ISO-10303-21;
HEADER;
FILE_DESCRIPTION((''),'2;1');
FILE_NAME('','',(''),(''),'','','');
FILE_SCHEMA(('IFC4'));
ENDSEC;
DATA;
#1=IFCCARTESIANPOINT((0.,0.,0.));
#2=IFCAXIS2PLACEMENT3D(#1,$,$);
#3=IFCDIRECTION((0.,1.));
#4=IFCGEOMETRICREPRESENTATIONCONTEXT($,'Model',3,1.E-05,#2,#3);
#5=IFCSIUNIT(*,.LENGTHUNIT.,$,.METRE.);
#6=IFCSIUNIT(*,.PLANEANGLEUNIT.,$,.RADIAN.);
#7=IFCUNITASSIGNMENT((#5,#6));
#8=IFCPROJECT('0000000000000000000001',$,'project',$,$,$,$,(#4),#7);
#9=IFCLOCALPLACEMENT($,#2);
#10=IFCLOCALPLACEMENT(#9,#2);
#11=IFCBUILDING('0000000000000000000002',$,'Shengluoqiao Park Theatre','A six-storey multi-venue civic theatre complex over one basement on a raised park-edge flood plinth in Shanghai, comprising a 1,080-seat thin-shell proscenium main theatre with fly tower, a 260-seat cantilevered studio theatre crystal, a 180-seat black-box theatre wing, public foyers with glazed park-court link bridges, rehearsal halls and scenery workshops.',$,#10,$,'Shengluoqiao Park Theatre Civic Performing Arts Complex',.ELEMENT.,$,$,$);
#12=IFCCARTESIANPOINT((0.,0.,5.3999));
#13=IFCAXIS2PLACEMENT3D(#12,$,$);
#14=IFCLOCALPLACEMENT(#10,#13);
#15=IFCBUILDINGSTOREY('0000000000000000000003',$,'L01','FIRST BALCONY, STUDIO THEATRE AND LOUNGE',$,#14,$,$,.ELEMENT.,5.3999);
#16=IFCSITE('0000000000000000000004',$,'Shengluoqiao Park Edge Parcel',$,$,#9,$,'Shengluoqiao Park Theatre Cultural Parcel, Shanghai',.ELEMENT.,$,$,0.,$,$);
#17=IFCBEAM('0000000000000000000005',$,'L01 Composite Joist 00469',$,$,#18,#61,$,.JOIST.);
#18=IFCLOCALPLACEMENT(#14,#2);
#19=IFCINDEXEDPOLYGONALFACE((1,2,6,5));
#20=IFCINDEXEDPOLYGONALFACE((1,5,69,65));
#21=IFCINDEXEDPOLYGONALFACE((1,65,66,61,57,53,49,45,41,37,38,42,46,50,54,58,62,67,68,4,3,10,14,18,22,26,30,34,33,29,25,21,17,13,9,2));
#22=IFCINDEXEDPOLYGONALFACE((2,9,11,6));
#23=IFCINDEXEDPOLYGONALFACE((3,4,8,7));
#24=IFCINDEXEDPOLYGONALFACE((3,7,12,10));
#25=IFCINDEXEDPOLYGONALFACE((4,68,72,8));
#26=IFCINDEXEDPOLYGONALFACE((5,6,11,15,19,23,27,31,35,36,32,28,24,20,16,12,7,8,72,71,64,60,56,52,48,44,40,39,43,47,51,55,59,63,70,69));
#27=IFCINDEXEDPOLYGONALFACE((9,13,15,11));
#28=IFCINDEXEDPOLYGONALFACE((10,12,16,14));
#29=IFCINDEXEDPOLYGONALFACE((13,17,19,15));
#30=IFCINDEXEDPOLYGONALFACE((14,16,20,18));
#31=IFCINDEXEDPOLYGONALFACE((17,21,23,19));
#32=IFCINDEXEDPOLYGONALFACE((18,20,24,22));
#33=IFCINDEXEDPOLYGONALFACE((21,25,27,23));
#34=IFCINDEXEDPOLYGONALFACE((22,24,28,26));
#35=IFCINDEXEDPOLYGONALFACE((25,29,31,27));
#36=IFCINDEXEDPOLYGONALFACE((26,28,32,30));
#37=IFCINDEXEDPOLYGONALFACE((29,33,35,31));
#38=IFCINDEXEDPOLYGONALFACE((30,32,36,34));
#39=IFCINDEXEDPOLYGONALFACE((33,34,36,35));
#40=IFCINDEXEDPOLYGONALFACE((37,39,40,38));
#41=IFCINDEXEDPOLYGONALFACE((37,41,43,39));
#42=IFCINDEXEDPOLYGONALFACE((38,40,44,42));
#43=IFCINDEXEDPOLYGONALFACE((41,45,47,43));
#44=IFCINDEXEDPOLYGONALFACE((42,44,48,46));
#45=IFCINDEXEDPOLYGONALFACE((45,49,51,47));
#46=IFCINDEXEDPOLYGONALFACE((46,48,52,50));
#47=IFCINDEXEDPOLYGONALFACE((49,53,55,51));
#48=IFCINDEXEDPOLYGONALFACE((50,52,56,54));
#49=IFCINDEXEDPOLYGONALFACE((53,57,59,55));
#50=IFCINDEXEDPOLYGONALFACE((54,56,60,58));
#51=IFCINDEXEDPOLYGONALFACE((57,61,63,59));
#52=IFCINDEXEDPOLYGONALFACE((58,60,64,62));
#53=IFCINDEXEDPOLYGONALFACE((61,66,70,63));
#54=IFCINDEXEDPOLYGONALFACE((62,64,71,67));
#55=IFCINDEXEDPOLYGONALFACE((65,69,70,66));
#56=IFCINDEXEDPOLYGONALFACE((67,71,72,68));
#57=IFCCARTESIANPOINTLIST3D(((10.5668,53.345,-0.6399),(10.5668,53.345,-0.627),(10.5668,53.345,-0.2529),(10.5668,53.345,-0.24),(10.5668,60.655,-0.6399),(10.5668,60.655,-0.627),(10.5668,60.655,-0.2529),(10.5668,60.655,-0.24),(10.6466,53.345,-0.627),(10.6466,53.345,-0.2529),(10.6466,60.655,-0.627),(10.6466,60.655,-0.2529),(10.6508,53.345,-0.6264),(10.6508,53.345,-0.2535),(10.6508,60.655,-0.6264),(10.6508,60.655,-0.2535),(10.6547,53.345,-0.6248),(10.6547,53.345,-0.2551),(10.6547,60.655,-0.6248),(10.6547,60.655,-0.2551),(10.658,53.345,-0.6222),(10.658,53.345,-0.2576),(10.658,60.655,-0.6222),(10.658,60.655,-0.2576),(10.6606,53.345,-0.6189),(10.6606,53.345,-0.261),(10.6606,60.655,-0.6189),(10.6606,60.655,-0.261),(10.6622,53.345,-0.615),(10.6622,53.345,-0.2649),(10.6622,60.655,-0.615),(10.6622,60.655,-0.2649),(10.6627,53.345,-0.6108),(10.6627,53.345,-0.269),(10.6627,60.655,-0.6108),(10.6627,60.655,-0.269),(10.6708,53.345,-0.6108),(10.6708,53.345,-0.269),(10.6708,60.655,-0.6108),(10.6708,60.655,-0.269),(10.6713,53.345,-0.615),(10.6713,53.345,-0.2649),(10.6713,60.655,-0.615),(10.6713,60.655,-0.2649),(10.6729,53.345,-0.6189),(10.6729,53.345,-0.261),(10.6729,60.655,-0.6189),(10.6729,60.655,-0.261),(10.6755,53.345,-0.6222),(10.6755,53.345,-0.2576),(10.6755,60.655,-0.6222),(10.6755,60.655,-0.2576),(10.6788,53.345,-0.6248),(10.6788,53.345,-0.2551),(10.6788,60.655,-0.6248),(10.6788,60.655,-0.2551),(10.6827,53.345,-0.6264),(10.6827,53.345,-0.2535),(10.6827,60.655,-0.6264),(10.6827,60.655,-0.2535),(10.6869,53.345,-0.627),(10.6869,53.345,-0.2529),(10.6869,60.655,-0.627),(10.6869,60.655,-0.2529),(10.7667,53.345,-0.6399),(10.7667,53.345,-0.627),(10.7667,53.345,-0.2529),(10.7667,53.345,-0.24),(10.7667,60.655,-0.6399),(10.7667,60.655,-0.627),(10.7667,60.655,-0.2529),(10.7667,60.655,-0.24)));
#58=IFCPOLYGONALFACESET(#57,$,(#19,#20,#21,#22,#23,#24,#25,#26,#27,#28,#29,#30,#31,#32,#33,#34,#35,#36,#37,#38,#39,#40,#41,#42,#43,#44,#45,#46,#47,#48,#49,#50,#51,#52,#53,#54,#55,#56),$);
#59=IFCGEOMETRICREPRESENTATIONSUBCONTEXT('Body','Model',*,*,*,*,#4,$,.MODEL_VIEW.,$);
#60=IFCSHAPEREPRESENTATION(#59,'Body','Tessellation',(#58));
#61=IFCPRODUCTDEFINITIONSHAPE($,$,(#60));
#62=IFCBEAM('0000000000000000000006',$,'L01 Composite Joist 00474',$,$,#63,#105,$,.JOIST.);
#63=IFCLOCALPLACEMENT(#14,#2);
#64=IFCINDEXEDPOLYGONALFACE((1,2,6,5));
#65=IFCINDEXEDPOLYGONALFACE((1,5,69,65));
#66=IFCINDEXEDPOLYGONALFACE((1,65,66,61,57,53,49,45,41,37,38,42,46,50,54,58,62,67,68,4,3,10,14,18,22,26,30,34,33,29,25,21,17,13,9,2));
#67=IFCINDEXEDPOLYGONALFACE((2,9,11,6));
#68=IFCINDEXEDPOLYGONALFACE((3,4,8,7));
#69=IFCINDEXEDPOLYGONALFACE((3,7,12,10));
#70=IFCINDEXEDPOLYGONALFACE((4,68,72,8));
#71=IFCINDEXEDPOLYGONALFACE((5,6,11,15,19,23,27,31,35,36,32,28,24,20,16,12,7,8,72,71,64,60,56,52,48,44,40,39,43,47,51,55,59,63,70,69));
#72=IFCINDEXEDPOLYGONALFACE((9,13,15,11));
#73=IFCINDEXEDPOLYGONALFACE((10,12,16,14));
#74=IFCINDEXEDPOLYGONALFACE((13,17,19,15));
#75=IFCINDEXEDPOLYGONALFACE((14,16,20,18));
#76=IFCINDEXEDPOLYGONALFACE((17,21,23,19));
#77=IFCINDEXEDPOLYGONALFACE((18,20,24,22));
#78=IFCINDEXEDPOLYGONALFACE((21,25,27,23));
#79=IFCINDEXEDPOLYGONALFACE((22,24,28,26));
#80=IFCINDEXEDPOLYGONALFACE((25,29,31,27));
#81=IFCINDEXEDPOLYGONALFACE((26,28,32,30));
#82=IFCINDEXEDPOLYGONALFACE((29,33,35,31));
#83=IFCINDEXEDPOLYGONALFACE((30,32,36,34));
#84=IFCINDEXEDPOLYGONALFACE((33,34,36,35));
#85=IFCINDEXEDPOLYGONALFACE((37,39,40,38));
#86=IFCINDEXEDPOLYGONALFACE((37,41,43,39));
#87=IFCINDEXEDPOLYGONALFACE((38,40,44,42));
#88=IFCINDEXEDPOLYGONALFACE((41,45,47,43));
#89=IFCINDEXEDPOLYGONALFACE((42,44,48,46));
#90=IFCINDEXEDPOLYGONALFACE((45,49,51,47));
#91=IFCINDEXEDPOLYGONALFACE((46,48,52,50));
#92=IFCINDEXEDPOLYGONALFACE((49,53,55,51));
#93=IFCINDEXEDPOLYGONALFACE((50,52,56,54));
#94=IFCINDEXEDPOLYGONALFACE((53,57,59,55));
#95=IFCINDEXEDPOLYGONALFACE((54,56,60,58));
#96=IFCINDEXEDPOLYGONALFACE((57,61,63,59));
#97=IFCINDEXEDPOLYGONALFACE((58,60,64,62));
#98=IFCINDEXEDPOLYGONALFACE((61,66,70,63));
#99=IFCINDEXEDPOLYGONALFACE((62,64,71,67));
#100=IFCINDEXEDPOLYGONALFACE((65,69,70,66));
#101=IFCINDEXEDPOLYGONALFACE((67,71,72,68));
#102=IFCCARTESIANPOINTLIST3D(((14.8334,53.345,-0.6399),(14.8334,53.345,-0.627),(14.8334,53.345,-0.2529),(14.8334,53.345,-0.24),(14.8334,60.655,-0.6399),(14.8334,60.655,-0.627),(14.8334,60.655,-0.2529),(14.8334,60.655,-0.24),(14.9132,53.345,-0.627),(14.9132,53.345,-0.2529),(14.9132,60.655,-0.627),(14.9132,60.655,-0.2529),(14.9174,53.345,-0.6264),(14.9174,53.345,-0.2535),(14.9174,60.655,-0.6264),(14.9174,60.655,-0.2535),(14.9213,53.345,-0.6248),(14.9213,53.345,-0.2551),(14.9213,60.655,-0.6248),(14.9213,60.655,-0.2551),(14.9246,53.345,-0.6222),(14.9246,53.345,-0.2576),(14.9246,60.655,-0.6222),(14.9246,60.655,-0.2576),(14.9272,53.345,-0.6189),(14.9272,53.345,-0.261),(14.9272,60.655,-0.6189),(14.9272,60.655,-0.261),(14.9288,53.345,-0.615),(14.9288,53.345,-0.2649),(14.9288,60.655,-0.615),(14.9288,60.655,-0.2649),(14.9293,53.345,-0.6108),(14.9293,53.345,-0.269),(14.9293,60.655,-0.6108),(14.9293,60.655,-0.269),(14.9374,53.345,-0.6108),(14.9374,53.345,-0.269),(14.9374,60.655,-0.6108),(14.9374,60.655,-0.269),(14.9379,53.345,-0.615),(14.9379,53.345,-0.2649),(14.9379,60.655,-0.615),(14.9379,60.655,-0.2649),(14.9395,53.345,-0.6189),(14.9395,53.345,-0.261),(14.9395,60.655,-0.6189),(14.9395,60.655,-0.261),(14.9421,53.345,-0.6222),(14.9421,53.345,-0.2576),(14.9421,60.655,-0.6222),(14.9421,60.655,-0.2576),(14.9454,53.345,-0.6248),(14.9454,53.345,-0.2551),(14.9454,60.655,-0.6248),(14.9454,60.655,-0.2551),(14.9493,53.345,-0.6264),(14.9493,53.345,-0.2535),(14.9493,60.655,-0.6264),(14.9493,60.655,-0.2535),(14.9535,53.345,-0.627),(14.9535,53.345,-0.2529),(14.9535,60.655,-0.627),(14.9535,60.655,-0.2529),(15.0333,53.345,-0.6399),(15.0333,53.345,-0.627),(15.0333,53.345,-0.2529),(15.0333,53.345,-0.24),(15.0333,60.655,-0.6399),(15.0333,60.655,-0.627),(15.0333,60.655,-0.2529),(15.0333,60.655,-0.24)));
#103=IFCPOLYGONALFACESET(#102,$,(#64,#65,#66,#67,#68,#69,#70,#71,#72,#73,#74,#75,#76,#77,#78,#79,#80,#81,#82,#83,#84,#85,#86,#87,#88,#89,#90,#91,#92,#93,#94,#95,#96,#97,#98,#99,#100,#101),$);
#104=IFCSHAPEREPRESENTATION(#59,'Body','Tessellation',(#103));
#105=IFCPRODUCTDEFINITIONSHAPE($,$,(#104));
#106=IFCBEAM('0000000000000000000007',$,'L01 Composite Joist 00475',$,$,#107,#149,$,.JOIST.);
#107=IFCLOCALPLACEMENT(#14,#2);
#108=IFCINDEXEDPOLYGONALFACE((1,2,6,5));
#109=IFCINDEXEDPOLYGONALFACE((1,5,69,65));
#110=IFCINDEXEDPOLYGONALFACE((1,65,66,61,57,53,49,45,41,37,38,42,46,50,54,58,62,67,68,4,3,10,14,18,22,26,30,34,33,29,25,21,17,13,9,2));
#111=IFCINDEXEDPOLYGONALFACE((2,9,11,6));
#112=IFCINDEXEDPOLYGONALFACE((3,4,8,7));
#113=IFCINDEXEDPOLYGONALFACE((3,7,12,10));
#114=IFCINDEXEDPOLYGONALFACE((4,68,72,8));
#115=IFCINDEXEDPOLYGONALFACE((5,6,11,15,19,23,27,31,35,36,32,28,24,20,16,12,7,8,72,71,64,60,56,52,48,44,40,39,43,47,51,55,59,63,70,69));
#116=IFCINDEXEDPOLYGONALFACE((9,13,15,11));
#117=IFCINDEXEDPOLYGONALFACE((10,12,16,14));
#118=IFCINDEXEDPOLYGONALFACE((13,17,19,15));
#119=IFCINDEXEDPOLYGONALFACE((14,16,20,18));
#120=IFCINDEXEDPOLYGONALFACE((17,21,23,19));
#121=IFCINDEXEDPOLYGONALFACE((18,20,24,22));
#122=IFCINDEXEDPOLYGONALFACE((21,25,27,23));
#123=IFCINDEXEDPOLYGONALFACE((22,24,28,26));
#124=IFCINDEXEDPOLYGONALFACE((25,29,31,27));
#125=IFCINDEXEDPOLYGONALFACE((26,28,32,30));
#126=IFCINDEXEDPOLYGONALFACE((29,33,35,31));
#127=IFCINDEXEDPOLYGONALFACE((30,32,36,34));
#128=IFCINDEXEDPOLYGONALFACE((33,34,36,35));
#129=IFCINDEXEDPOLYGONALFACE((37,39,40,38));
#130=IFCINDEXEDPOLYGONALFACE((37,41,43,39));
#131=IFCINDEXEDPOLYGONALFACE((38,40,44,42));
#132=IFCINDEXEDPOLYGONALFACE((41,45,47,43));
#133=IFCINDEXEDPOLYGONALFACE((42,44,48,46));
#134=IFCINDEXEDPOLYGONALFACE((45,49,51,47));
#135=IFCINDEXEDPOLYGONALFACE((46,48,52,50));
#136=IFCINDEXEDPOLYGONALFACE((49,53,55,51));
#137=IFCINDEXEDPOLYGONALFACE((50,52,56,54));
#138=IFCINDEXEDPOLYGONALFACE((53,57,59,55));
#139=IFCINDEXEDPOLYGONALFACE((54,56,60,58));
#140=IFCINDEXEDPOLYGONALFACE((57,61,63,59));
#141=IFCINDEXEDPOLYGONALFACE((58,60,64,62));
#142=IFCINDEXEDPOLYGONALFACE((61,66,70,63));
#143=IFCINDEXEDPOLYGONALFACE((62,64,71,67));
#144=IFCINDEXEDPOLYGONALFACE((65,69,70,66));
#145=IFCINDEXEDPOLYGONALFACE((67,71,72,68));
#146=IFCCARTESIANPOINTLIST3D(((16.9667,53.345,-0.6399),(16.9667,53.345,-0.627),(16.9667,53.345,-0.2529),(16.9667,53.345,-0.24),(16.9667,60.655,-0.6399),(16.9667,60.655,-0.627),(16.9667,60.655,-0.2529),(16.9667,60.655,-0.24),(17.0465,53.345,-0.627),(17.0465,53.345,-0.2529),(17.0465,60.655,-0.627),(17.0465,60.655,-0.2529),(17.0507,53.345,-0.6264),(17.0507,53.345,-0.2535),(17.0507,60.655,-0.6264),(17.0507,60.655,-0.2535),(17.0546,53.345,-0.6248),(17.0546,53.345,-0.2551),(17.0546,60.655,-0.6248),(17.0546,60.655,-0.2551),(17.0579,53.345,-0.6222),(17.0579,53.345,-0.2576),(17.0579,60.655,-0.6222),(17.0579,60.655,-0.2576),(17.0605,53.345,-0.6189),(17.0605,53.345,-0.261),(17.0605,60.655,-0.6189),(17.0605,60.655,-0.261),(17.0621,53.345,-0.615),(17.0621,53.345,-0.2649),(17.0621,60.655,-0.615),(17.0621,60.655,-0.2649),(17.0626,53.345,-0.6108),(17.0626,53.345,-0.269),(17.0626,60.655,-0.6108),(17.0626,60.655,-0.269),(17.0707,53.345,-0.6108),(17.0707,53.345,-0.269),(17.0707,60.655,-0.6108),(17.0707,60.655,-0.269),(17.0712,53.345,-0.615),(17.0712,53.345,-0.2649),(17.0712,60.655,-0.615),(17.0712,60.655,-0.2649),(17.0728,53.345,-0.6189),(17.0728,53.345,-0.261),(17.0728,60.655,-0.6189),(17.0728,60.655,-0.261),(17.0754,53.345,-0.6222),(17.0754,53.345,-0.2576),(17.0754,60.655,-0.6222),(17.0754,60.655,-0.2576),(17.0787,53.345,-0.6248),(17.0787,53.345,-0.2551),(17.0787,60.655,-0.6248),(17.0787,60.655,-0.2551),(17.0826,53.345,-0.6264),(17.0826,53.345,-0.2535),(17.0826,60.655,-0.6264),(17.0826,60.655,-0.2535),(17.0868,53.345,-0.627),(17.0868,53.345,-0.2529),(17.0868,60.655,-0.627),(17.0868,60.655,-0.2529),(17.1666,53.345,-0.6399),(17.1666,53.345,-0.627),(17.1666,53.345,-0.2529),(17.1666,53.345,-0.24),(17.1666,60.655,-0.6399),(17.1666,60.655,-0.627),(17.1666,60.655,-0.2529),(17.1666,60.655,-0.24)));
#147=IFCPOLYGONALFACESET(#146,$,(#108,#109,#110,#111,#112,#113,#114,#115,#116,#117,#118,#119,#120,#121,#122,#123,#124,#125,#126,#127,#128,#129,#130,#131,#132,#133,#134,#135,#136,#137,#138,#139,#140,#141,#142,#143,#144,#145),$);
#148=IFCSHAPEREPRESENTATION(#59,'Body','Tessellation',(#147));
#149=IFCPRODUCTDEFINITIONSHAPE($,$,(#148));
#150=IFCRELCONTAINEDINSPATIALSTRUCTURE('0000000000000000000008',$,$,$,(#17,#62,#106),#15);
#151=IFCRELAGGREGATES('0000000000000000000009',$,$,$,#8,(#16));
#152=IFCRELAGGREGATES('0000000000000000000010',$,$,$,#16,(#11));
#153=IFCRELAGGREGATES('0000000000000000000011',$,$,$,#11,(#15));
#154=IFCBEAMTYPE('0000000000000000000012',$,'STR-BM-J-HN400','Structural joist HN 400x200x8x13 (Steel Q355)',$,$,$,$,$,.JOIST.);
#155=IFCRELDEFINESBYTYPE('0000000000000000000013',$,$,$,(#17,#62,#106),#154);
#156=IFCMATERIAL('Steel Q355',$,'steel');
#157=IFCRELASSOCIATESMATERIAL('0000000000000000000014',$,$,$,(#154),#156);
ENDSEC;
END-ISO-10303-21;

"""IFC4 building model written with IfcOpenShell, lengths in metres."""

from ifc_helpers import new_model, si_unit, direction, frame, origin, origin_2d, place, context, subcontext, project, spatial, i_section, extrude, material, material_profile, profile_set, type_object, element, save


model = new_model("IFC4")

# Units and contexts
model_context = context("Model", 3, precision=1e-05, world=origin(), true_north=direction((0.0, 1.0)))
body_context = subcontext(model_context, "Body", "Model", "MODEL_VIEW")
ifc_project = project(units=[si_unit("LENGTHUNIT", "METRE"), si_unit("PLANEANGLEUNIT", "RADIAN")], contexts=[model_context])

# Site, building, storey
site_placement = place(None, origin())
site = spatial("IfcSite", under=ifc_project, at=site_placement, Name="Shengluoqiao Park Edge Parcel", LongName="Shengluoqiao Park Theatre Cultural Parcel, Shanghai", CompositionType="ELEMENT", RefElevation=0.0)
building_placement = place(site_placement, origin())
building = spatial("IfcBuilding", under=site, at=building_placement, Name="Shengluoqiao Park Theatre", Description="A six-storey multi-venue civic theatre complex over one basement on a raised park-edge flood plinth in Shanghai, comprising a 1,080-seat thin-shell proscenium main theatre with fly tower, a 260-seat cantilevered studio theatre crystal, a 180-seat black-box theatre wing, public foyers with glazed park-court link bridges, rehearsal halls and scenery workshops.", LongName="Shengluoqiao Park Theatre Civic Performing Arts Complex", CompositionType="ELEMENT")
storey_placement = place(building_placement, frame((0.0, 0.0, 5.3999)))
storey = spatial("IfcBuildingStorey", under=building, at=storey_placement, Name="L01", Description="FIRST BALCONY, STUDIO THEATRE AND LOUNGE", CompositionType="ELEMENT", Elevation=5.3999)

# Shared definitions
ifc_material_1 = material(Name="Steel Q355", Category="steel")

# Beams
ifc_material_profile_1 = material_profile(ifc_material_1, i_section(OverallWidth=0.2, OverallDepth=0.3999, WebThickness=0.0081, FlangeThickness=0.0129, FilletRadius=0.0161, at=origin_2d()), Name="HN 400x200x8x13")
ifc_profile_set_1 = profile_set([ifc_material_profile_1], Name="Steel Q355")
beam_type_1 = type_object("IfcBeamType", Name="STR-BM-J-HN400", Description="Structural joist HN 400x200x8x13 (Steel Q355)", PredefinedType="JOIST", material=ifc_profile_set_1)
for number, where, z_axis, x_axis, name in (
    (1, (10.6667, 53.345, -0.4399), (0.0, 1.0, 0.0), (-1.0, 0.0, 0.0), "L01 Composite Joist 00469"),
    (2, (14.9333, 53.345, -0.4399), (0.0, 1.0, 0.0), (-1.0, 0.0, 0.0), "L01 Composite Joist 00474"),
    (3, (17.0667, 53.345, -0.4399), (0.0, 1.0, 0.0), (-1.0, 0.0, 0.0), "L01 Composite Joist 00475"),
):
    element("IfcBeam", number, at=place(storey_placement, frame(where, z_axis=z_axis, x_axis=x_axis)), inside=storey, type_object=beam_type_1, Name=name, PredefinedType="JOIST", context=body_context, shape_type="SweptSolid", body=[
        extrude(i_section(OverallWidth=0.2, OverallDepth=0.3999, WebThickness=0.0081, FlangeThickness=0.0129, FilletRadius=0.0161, at=origin_2d()), origin(), (0.0, 0.0, 1.0), 7.3101),
    ])

save(model, "model.ifc")
